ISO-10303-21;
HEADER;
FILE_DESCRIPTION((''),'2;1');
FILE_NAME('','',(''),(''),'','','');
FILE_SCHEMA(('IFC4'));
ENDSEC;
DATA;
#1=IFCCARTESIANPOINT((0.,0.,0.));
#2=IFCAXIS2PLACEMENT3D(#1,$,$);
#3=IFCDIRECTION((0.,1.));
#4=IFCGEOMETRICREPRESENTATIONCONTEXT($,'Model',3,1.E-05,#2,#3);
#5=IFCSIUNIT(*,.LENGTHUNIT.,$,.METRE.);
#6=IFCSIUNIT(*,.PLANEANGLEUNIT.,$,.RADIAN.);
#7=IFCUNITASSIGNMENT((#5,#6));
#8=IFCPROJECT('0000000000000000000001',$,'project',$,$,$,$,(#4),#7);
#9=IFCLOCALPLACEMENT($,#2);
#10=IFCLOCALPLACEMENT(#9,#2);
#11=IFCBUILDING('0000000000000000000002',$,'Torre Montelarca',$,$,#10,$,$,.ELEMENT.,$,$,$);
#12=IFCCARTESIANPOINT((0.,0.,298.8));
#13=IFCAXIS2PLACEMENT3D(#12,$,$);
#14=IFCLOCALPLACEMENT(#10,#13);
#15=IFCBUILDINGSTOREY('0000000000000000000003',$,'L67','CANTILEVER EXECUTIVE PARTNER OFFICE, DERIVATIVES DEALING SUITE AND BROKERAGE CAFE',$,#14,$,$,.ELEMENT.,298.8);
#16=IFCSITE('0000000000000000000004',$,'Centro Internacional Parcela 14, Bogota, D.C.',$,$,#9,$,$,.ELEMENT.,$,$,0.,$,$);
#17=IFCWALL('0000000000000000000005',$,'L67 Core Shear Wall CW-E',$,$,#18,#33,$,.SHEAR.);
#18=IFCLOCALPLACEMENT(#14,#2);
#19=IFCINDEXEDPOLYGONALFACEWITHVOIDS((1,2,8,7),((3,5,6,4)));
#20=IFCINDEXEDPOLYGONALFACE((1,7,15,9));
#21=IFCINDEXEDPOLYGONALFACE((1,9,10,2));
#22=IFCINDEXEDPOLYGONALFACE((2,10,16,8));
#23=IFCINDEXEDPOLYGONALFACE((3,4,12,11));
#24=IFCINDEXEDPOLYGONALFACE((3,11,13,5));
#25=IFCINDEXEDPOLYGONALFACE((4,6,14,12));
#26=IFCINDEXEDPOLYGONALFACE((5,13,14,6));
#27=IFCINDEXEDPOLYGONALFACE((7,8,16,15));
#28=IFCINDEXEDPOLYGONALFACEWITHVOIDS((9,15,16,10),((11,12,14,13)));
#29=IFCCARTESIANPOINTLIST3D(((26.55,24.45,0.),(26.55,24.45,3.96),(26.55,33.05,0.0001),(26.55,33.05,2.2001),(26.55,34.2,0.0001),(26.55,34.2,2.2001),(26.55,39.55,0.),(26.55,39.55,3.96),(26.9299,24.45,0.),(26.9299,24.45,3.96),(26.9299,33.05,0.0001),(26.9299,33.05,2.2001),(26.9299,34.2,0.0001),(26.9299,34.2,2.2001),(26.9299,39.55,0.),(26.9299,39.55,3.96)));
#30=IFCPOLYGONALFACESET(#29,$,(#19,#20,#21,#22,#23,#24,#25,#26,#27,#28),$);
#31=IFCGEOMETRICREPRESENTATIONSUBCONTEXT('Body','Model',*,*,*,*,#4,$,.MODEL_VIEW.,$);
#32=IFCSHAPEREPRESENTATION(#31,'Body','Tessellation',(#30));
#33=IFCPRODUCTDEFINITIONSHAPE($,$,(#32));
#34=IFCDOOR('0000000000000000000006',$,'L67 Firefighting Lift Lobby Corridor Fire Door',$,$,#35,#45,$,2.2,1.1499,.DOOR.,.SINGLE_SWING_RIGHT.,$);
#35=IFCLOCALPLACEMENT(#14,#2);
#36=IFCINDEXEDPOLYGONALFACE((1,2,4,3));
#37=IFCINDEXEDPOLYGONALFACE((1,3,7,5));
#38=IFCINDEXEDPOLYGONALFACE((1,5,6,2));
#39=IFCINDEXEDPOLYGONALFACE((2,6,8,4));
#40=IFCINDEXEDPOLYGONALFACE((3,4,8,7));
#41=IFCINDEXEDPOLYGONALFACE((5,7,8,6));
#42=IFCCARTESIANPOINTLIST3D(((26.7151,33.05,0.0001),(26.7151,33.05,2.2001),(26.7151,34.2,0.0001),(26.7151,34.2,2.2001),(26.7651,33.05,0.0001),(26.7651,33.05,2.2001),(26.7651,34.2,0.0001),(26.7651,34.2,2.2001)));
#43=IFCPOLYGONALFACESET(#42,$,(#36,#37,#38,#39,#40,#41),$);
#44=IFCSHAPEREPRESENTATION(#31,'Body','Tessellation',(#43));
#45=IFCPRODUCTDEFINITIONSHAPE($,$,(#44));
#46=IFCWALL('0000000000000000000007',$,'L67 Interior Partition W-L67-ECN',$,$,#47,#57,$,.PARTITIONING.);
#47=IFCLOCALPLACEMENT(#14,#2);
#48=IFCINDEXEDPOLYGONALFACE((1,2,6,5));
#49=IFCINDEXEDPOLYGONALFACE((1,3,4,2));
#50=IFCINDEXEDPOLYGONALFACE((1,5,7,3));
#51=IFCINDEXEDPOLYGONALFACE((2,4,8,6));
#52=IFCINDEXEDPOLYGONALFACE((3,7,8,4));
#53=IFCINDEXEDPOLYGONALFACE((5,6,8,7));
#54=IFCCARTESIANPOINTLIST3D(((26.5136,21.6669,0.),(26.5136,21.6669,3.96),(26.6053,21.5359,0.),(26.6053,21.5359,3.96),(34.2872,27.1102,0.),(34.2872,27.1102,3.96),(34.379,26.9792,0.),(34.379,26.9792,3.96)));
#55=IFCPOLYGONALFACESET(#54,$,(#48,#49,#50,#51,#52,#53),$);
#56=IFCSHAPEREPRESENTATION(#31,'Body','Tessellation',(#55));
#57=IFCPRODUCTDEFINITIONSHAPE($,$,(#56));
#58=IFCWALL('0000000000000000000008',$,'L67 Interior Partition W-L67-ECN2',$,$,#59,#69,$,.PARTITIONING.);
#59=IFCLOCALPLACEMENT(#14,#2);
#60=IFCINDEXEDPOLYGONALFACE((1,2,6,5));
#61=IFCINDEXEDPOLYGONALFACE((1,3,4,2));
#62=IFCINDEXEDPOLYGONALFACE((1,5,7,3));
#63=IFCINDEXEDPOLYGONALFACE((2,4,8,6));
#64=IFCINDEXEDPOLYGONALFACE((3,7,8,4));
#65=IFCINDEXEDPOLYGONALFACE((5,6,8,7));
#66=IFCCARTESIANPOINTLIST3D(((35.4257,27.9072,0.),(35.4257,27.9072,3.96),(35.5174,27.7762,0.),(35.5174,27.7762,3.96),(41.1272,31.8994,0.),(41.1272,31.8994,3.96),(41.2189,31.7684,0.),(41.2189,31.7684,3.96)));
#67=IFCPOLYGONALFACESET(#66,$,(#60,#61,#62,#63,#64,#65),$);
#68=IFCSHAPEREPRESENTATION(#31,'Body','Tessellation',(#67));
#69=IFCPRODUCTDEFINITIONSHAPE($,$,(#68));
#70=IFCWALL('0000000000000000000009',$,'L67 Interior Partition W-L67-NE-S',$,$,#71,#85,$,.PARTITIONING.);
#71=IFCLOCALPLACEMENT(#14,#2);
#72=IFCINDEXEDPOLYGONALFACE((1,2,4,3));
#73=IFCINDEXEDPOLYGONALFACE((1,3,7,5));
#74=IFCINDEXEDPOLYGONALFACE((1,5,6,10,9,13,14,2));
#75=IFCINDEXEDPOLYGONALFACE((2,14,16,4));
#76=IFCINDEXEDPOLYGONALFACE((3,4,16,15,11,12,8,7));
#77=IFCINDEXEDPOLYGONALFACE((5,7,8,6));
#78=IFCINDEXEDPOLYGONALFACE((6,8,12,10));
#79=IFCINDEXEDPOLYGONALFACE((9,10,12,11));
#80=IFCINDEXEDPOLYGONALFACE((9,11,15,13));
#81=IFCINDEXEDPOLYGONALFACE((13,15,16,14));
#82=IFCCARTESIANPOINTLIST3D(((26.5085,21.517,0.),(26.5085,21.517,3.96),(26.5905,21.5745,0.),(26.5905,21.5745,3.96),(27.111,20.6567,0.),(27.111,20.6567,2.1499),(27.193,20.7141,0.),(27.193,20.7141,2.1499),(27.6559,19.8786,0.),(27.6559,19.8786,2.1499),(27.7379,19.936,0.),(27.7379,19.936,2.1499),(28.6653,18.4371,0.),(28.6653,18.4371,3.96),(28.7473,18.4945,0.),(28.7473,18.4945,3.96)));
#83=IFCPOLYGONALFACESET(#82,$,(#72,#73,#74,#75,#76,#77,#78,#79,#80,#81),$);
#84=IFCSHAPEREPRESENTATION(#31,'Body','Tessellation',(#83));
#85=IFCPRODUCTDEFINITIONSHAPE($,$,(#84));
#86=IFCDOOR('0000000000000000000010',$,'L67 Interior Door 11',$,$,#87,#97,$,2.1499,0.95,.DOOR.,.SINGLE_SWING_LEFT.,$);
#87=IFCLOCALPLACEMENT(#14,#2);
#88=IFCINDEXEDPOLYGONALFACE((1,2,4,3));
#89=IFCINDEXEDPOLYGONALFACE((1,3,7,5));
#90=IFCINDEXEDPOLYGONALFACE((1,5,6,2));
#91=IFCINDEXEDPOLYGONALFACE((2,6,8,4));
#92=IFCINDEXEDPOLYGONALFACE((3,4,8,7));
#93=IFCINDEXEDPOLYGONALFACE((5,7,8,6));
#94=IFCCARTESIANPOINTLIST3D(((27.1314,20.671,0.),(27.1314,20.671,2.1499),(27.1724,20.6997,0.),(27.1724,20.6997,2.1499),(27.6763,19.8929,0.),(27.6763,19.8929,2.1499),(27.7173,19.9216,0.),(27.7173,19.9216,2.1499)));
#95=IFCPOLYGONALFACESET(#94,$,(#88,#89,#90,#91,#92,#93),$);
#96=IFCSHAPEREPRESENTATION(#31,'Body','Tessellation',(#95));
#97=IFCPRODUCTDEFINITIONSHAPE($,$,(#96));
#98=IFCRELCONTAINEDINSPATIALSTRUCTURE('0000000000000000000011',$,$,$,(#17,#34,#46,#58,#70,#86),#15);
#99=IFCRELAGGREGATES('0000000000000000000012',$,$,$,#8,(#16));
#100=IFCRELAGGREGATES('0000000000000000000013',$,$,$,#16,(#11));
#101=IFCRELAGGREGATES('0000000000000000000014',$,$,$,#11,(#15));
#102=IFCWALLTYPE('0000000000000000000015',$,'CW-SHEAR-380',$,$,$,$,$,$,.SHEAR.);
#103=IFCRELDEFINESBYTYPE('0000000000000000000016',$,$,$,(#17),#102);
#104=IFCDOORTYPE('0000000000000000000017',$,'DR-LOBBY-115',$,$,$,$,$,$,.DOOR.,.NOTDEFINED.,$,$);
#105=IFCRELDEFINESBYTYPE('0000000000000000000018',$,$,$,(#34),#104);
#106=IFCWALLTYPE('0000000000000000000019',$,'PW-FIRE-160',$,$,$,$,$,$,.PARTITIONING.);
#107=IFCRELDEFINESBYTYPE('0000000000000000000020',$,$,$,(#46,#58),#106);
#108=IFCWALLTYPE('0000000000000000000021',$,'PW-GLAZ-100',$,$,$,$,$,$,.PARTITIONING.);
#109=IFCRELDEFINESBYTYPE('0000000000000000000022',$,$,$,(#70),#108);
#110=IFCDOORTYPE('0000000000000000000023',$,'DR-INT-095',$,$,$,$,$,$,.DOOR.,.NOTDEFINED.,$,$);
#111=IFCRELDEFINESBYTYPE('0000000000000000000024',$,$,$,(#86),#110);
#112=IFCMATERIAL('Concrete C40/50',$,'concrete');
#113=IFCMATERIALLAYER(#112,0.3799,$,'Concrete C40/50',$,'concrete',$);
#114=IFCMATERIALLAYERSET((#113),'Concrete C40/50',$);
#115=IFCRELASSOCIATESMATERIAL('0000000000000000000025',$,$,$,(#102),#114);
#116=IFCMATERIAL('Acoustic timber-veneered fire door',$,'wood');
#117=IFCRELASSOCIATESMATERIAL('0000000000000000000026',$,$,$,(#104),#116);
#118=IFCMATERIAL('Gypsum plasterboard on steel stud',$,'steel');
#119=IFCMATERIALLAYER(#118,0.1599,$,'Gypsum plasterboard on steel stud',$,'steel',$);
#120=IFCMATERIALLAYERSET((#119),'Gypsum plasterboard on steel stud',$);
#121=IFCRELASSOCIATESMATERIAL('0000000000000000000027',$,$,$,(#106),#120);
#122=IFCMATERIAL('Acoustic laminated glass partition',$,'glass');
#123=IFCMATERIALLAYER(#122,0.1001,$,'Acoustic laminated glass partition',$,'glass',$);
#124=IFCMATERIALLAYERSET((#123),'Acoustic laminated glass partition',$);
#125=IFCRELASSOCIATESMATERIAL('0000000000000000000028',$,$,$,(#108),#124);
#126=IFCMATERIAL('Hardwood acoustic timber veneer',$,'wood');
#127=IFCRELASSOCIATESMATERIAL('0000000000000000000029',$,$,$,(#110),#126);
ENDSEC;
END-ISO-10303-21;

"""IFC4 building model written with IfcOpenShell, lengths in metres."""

from ifc_helpers import new_model, si_unit, direction, frame, frame_2d, origin, place, context, subcontext, project, spatial, rectangle, extrude, source, transform, mapped, material, layer, layer_set, type_object, element, fill, save


model = new_model("IFC4")

# Units and contexts
model_context = context("Model", 3, precision=1e-05, world=origin(), true_north=direction((0.0, 1.0)))
body_context = subcontext(model_context, "Body", "Model", "MODEL_VIEW")
ifc_project = project(units=[si_unit("LENGTHUNIT", "METRE"), si_unit("PLANEANGLEUNIT", "RADIAN")], contexts=[model_context])

# Site, building, storey
site_placement = place(None, origin())
site = spatial("IfcSite", under=ifc_project, at=site_placement, Name="Centro Internacional Parcela 14, Bogota, D.C.", CompositionType="ELEMENT", RefElevation=0.0)
building_placement = place(site_placement, origin())
building = spatial("IfcBuilding", under=site, at=building_placement, Name="Torre Montelarca", CompositionType="ELEMENT")
storey_placement = place(building_placement, frame((0.0, 0.0, 298.8)))
storey = spatial("IfcBuildingStorey", under=building, at=storey_placement, Name="L67", Description="CANTILEVER EXECUTIVE PARTNER OFFICE, DERIVATIVES DEALING SUITE AND BROKERAGE CAFE", CompositionType="ELEMENT", Elevation=298.8)

# Wall, opening, door
ifc_material_1 = material(Name="Concrete C40/50", Category="concrete")
ifc_layer_1 = layer(ifc_material_1, 0.3799, Name="Concrete C40/50", Category="concrete")
ifc_layer_set_1 = layer_set([ifc_layer_1], Name="Concrete C40/50")
wall_type_1 = type_object("IfcWallType", Name="CW-SHEAR-380", PredefinedType="SHEAR", material=ifc_layer_set_1)
wall_1_placement = place(storey_placement, frame((26.74, 24.45, 0.0), z_axis=(0.0, 0.0, 1.0), x_axis=(0.0, 1.0, 0.0)))
wall_1 = element("IfcWall", 1, at=wall_1_placement, inside=storey, type_object=wall_type_1, Name="L67 Core Shear Wall CW-E", PredefinedType="SHEAR", context=body_context, shape_type="SweptSolid", body=[
    extrude(rectangle(XDim=15.1001, YDim=0.3799, at=frame_2d((7.55, 0.0))), origin(), (0.0, 0.0, 1.0), 3.96),
])
opening_1_placement = place(wall_1_placement, frame((8.6001, 0.0, 0.0)))
opening_1 = element("IfcOpeningElement", 2, at=opening_1_placement, cuts=wall_1, PredefinedType="OPENING", context=body_context, shape_type="SweptSolid", body=[
    extrude(rectangle(XDim=1.1499, YDim=2.2, at=frame_2d((0.575, 1.1001))), frame((0.0, 0.2, 0.0), z_axis=(0.0, -1.0, 0.0), x_axis=(1.0, 0.0, 0.0)), (0.0, 0.0, 1.0), 0.3999),
])
ifc_material_2 = material(Name="Acoustic timber-veneered fire door", Category="wood")
door_type_1 = type_object("IfcDoorType", Name="DR-LOBBY-115", OperationType="NOTDEFINED", PredefinedType="DOOR", material=ifc_material_2)
shared_shape_1 = source(origin(), body_context, "Body", "SweptSolid", [
    extrude(rectangle(XDim=1.1499, YDim=2.2, at=frame_2d((0.575, 1.1001))), frame((0.0, 0.0249, 0.0), z_axis=(0.0, -1.0, 0.0), x_axis=(1.0, 0.0, 0.0)), (0.0, 0.0, 1.0), 0.05),
])
door_1_placement = place(opening_1_placement, origin())
door_1 = element("IfcDoor", 3, at=door_1_placement, inside=storey, type_object=door_type_1, Name="L67 Firefighting Lift Lobby Corridor Fire Door", OperationType="SINGLE_SWING_RIGHT", OverallHeight=2.2, OverallWidth=1.1499, PredefinedType="DOOR", context=body_context, shape_type="MappedRepresentation", body=[
    mapped(shared_shape_1, transform((0.0, 0.0, 0.0), scale=1.0)),
])
fill(opening_1, door_1)

# Walls
ifc_material_3 = material(Name="Gypsum plasterboard on steel stud", Category="steel")
ifc_layer_2 = layer(ifc_material_3, 0.1599, Name="Gypsum plasterboard on steel stud", Category="steel")
ifc_layer_set_2 = layer_set([ifc_layer_2], Name="Gypsum plasterboard on steel stud")
wall_type_2 = type_object("IfcWallType", Name="PW-FIRE-160", PredefinedType="PARTITIONING", material=ifc_layer_set_2)
wall_2_placement = place(storey_placement, frame((26.5593, 21.6013, 0.0), z_axis=(0.0, 0.0, 1.0), x_axis=(0.819144, 0.573588, 0.0)))
element("IfcWall", 4, at=wall_2_placement, inside=storey, type_object=wall_type_2, Name="L67 Interior Partition W-L67-ECN", PredefinedType="PARTITIONING", context=body_context, shape_type="SweptSolid", body=[
    extrude(rectangle(XDim=9.49, YDim=0.1599, at=frame_2d((4.7451, 0.0))), origin(), (0.0, 0.0, 1.0), 3.96),
])
wall_3_placement = place(storey_placement, frame((35.4717, 27.8418, 0.0), z_axis=(0.0, 0.0, 1.0), x_axis=(0.819151, 0.573578, 0.0)))
element("IfcWall", 5, at=wall_3_placement, inside=storey, type_object=wall_type_2, Name="L67 Interior Partition W-L67-ECN2", PredefinedType="PARTITIONING", context=body_context, shape_type="SweptSolid", body=[
    extrude(rectangle(XDim=6.9602, YDim=0.1599, at=frame_2d((3.48, 0.0))), origin(), (0.0, 0.0, 1.0), 3.96),
])

# Wall, opening, door
ifc_material_4 = material(Name="Acoustic laminated glass partition", Category="glass")
ifc_layer_3 = layer(ifc_material_4, 0.1001, Name="Acoustic laminated glass partition", Category="glass")
ifc_layer_set_3 = layer_set([ifc_layer_3], Name="Acoustic laminated glass partition")
wall_type_3 = type_object("IfcWallType", Name="PW-GLAZ-100", PredefinedType="PARTITIONING", material=ifc_layer_set_3)
wall_4_placement = place(storey_placement, frame((26.5496, 21.5457, 0.0), z_axis=(0.0, 0.0, 1.0), x_axis=(0.573615, -0.819125, 0.0)))
wall_4 = element("IfcWall", 6, at=wall_4_placement, inside=storey, type_object=wall_type_3, Name="L67 Interior Partition W-L67-NE-S", PredefinedType="PARTITIONING", context=body_context, shape_type="SweptSolid", body=[
    extrude(rectangle(XDim=3.76, YDim=0.1001, at=frame_2d((1.8799, 0.0))), origin(), (0.0, 0.0, 1.0), 3.96),
])
opening_2_placement = place(wall_4_placement, frame((1.05, 0.0, 0.0)))
opening_2 = element("IfcOpeningElement", 7, at=opening_2_placement, cuts=wall_4, PredefinedType="OPENING", context=body_context, shape_type="SweptSolid", body=[
    extrude(rectangle(XDim=0.95, YDim=2.1499, at=frame_2d((0.4751, 1.075))), frame((0.0, 0.0601, 0.0), z_axis=(0.0, -1.0, 0.0), x_axis=(1.0, 0.0, 0.0)), (0.0, 0.0, 1.0), 0.1201),
])
ifc_material_5 = material(Name="Hardwood acoustic timber veneer", Category="wood")
door_type_2 = type_object("IfcDoorType", Name="DR-INT-095", OperationType="NOTDEFINED", PredefinedType="DOOR", material=ifc_material_5)
shared_shape_2 = source(origin(), body_context, "Body", "SweptSolid", [
    extrude(rectangle(XDim=0.95, YDim=2.1499, at=frame_2d((0.4751, 1.075))), frame((0.0, 0.0249, 0.0), z_axis=(0.0, -1.0, 0.0), x_axis=(1.0, 0.0, 0.0)), (0.0, 0.0, 1.0), 0.05),
])
door_2_placement = place(opening_2_placement, origin())
door_2 = element("IfcDoor", 8, at=door_2_placement, inside=storey, type_object=door_type_2, Name="L67 Interior Door 11", OperationType="SINGLE_SWING_LEFT", OverallHeight=2.1499, OverallWidth=0.95, PredefinedType="DOOR", context=body_context, shape_type="MappedRepresentation", body=[
    mapped(shared_shape_2, transform((0.0, 0.0, 0.0), scale=1.0)),
])
fill(opening_2, door_2)

save(model, "model.ifc")
